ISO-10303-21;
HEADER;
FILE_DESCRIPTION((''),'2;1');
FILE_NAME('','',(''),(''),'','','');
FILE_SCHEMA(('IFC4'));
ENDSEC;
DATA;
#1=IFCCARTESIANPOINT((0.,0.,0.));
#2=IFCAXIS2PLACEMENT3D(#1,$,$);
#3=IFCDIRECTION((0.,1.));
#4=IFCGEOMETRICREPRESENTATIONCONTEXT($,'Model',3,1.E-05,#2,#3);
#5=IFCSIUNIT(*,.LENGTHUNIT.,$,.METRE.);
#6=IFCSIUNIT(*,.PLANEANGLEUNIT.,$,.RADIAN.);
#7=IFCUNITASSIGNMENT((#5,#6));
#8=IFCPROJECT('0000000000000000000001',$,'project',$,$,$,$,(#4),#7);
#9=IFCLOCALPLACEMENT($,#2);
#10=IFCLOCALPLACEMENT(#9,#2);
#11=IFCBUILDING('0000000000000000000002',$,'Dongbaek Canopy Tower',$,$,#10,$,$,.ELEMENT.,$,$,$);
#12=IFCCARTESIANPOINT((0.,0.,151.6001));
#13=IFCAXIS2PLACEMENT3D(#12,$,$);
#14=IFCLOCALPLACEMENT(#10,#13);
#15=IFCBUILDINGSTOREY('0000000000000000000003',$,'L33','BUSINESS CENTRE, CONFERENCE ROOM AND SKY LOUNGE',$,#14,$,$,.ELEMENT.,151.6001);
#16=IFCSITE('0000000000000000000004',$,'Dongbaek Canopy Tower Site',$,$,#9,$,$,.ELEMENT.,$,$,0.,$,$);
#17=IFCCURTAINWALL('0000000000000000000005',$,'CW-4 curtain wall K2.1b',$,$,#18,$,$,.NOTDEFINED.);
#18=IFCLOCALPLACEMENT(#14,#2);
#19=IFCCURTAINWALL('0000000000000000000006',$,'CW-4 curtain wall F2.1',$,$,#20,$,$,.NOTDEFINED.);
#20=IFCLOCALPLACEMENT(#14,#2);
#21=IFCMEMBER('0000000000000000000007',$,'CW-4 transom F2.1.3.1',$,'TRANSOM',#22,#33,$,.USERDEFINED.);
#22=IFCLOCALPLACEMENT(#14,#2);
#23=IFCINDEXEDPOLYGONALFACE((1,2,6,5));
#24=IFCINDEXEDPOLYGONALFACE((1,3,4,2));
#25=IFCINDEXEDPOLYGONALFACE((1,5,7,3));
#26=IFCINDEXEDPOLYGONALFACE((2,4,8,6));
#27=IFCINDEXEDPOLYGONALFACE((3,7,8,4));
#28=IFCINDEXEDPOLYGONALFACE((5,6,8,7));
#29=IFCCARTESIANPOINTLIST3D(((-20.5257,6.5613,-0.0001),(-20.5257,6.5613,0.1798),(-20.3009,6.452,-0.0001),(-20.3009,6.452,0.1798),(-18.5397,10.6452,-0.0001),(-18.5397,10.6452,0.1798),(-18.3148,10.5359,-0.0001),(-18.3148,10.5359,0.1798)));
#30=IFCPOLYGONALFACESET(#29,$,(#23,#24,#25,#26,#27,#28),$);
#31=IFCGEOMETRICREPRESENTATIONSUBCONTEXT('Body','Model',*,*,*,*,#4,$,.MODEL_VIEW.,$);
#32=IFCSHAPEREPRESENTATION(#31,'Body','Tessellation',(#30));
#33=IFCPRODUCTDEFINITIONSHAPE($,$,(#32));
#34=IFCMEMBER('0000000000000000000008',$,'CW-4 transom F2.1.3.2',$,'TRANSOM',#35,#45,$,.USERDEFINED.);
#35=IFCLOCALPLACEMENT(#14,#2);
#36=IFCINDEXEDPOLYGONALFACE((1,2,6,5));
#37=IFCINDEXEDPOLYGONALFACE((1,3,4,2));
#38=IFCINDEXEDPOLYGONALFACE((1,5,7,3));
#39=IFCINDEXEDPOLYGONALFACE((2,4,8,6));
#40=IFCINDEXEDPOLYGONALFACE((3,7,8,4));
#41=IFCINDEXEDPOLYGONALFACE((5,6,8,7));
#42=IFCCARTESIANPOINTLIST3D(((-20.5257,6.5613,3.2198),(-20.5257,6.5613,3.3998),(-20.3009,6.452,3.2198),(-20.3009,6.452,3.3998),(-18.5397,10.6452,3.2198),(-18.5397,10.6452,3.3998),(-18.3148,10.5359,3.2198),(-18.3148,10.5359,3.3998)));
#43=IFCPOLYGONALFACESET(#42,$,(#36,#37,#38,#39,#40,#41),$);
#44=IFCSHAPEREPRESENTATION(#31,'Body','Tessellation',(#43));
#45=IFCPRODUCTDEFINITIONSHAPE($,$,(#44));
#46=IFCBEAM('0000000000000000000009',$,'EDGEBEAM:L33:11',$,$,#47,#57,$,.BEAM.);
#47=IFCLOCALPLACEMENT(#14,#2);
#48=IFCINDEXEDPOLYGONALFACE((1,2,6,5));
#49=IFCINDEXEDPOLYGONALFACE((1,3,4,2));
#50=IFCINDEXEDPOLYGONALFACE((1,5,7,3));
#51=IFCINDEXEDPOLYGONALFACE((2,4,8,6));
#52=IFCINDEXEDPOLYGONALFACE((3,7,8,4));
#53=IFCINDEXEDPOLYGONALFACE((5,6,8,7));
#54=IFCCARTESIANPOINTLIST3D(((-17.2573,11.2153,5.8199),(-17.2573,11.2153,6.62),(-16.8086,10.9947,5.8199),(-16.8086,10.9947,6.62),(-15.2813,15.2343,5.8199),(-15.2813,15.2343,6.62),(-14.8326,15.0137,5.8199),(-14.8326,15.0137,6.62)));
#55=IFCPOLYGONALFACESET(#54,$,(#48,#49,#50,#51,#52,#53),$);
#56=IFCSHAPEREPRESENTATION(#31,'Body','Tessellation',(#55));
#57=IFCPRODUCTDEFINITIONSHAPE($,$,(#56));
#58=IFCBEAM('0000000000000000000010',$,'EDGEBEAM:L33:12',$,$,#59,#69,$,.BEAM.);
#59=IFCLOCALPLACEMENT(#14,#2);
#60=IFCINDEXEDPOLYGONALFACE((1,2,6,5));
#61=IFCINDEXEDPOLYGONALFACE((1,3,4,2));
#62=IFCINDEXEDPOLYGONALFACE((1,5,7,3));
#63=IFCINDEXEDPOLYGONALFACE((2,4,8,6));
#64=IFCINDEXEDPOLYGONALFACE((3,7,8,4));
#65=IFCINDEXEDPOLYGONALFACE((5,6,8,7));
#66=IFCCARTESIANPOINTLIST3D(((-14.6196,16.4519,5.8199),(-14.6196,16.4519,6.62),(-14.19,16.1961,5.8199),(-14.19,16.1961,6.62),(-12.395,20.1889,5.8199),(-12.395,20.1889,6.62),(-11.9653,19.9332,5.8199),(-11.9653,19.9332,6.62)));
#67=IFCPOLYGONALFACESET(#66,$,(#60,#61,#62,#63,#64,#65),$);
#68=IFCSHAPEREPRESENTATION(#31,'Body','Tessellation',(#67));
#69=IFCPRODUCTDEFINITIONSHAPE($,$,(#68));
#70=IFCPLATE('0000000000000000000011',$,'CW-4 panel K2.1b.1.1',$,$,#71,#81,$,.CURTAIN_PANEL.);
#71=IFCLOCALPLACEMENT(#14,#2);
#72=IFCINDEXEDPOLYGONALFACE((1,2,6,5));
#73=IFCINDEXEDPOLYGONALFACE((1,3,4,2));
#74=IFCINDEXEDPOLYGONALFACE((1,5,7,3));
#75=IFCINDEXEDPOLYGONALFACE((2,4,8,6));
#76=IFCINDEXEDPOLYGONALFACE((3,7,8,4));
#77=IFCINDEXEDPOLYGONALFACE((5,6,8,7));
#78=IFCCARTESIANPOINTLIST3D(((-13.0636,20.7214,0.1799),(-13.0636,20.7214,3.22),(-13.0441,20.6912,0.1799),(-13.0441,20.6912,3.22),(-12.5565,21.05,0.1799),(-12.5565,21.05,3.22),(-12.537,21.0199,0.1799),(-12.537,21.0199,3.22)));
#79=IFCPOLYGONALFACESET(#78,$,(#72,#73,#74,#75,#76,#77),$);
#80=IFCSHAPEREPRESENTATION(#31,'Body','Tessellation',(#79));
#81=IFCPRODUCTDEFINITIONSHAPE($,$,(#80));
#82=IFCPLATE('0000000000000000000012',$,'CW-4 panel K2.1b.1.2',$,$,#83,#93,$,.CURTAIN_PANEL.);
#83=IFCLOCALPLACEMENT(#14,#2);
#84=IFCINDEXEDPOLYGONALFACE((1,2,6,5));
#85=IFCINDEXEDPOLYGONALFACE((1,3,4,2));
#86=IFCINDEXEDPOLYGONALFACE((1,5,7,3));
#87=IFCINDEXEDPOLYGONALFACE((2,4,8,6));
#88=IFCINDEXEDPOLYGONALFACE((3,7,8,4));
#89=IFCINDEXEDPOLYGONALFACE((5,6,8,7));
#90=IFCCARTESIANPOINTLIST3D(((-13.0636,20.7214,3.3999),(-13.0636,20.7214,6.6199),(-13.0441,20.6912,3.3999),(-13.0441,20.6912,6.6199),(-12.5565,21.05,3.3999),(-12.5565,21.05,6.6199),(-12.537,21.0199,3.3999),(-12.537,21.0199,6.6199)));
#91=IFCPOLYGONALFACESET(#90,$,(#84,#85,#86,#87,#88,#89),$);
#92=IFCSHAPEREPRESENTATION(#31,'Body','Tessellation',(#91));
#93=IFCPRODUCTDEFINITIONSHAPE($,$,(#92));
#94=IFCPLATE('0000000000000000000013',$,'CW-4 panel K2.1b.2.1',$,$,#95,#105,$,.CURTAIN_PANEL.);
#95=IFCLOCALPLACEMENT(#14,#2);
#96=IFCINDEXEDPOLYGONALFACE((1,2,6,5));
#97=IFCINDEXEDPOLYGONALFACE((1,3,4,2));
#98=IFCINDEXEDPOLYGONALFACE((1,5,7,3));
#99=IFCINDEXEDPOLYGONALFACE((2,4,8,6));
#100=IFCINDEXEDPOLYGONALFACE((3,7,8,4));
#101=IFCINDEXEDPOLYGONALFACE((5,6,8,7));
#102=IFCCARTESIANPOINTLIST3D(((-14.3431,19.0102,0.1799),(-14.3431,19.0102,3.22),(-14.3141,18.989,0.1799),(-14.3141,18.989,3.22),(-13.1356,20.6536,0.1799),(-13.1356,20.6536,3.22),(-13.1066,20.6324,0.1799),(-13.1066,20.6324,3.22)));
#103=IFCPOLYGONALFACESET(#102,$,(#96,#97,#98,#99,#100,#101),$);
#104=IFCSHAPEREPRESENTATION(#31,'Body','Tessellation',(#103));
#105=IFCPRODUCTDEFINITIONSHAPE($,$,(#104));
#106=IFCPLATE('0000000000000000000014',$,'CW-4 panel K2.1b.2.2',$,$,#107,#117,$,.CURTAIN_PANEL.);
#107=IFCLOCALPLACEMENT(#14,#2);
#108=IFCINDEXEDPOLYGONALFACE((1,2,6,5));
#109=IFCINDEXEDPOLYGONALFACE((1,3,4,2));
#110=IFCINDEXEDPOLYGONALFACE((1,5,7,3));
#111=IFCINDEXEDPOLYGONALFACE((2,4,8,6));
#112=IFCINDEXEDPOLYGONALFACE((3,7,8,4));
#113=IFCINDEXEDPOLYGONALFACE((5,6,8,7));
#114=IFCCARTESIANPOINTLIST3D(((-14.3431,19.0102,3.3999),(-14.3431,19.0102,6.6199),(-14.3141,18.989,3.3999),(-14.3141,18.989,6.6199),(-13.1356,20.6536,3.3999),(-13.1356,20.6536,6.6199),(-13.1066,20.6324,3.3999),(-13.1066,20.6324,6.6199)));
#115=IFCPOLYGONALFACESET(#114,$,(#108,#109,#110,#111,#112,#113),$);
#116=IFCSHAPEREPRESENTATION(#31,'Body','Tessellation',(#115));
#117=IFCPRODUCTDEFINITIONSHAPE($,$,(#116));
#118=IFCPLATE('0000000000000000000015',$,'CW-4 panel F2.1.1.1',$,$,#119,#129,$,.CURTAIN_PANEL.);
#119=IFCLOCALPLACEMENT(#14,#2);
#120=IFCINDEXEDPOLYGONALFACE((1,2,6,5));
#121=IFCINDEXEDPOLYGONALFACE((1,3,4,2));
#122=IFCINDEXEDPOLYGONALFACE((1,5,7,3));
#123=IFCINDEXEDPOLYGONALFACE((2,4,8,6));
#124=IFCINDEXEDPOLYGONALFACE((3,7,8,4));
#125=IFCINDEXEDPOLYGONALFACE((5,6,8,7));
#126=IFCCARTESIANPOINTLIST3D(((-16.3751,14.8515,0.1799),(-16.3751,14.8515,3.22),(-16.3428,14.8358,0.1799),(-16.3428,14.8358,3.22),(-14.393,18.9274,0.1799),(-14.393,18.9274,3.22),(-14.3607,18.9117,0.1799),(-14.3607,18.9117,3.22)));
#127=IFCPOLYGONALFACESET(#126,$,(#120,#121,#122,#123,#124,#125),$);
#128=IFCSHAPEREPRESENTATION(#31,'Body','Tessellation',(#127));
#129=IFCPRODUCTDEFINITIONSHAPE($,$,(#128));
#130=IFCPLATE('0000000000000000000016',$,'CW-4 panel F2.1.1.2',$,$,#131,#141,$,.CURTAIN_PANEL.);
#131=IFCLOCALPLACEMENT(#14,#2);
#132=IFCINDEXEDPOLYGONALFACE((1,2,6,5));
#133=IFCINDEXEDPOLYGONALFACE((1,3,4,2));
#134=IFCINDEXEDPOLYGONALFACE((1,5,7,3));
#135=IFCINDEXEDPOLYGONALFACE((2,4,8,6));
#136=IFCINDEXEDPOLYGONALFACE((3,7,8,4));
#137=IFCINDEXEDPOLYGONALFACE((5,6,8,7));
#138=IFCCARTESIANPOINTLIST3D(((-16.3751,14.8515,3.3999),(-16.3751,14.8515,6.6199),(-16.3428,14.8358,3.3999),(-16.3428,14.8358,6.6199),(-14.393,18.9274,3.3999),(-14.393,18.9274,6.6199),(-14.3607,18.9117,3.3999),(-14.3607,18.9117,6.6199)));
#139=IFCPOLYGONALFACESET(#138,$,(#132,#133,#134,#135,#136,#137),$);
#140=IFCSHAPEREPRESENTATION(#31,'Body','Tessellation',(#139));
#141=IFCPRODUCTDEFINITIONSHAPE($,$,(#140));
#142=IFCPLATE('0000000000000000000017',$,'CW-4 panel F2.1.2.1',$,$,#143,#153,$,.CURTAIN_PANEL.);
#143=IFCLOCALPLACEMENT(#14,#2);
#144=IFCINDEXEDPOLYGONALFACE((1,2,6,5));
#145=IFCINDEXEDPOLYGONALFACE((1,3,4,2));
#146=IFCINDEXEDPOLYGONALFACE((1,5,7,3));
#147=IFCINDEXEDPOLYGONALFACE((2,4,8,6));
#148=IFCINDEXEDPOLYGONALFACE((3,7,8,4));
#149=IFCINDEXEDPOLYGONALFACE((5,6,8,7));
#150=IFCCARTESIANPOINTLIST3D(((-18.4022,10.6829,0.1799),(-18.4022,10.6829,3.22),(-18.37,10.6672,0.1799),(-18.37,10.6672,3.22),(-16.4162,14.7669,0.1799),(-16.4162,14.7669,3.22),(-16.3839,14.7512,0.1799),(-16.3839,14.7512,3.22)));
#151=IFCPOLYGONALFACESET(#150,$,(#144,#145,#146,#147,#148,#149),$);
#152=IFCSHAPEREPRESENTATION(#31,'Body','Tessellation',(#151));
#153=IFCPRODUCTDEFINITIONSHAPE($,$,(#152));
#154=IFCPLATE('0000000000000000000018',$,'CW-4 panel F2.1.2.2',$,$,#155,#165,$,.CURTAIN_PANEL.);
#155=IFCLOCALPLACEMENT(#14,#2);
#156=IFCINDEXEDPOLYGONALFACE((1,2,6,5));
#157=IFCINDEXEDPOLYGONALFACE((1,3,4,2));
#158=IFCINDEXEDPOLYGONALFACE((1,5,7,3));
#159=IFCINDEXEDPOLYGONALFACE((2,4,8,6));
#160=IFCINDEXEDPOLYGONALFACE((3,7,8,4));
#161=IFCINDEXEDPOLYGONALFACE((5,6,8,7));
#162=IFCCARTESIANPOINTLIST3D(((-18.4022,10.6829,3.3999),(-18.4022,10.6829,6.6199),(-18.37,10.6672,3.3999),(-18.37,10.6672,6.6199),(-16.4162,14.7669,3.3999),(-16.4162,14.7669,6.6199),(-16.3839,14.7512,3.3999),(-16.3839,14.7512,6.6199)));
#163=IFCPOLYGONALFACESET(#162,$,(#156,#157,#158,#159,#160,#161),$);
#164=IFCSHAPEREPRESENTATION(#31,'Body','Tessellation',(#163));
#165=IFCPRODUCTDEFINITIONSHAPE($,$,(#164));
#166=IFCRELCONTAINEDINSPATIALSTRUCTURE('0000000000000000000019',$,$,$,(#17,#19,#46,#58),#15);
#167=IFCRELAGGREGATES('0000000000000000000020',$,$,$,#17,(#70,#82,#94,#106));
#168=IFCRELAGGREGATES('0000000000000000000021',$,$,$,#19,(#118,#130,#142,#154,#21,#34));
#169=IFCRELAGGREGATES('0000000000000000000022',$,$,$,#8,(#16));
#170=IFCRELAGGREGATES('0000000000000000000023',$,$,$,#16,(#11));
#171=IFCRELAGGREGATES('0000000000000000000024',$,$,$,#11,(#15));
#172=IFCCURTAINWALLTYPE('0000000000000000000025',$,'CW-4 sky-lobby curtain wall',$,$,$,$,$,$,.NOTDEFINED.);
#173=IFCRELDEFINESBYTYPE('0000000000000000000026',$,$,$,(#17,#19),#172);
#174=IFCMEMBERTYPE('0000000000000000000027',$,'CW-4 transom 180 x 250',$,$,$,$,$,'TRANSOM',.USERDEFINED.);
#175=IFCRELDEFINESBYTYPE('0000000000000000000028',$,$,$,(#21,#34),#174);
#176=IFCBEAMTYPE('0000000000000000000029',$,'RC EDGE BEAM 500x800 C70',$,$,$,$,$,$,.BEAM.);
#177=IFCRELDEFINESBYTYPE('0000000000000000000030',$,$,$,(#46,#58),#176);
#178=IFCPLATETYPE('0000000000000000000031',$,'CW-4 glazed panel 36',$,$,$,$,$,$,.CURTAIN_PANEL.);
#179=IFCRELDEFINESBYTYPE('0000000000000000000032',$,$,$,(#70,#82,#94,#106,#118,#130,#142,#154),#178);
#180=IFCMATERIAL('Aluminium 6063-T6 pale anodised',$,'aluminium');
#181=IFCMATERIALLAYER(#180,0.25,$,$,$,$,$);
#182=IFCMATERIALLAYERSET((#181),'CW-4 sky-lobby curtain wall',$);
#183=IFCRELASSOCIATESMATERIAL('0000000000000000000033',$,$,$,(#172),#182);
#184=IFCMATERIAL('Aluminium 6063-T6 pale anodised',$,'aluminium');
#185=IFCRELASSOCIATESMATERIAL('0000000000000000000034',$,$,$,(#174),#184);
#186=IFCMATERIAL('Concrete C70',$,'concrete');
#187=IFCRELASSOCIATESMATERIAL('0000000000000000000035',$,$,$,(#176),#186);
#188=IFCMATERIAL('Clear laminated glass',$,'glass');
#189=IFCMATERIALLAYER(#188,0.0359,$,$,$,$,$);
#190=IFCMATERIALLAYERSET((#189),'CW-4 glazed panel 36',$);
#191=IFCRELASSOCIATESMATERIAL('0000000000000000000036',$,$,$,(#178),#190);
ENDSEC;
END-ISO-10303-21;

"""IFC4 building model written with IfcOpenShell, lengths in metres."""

from ifc_helpers import new_model, si_unit, direction, frame, origin, origin_2d, place, context, subcontext, project, spatial, rectangle, extrude, material, layer, layer_set, material_profile, profile_set, type_object, element, aggregate, save


model = new_model("IFC4")

# Units and contexts
model_context = context("Model", 3, precision=1e-05, world=origin(), true_north=direction((0.0, 1.0)))
body_context = subcontext(model_context, "Body", "Model", "MODEL_VIEW")
ifc_project = project(units=[si_unit("LENGTHUNIT", "METRE"), si_unit("PLANEANGLEUNIT", "RADIAN")], contexts=[model_context])

# Site, building, storey
site_placement = place(None, origin())
site = spatial("IfcSite", under=ifc_project, at=site_placement, Name="Dongbaek Canopy Tower Site", CompositionType="ELEMENT", RefElevation=0.0)
building_placement = place(site_placement, origin())
building = spatial("IfcBuilding", under=site, at=building_placement, Name="Dongbaek Canopy Tower", CompositionType="ELEMENT")
storey_placement = place(building_placement, frame((0.0, 0.0, 151.6001)))
storey = spatial("IfcBuildingStorey", under=building, at=storey_placement, Name="L33", Description="BUSINESS CENTRE, CONFERENCE ROOM AND SKY LOUNGE", CompositionType="ELEMENT", Elevation=151.6001)

# Curtain walls
ifc_material_1 = material(Name="Aluminium 6063-T6 pale anodised", Category="aluminium")
ifc_layer_1 = layer(ifc_material_1, 0.25)
ifc_layer_set_1 = layer_set([ifc_layer_1], Name="CW-4 sky-lobby curtain wall")
curtain_wall_type = type_object("IfcCurtainWallType", Name="CW-4 sky-lobby curtain wall", PredefinedType="NOTDEFINED", material=ifc_layer_set_1)
curtain_wall_1_placement = place(storey_placement, origin())
curtain_wall_1 = element("IfcCurtainWall", 1, at=curtain_wall_1_placement, inside=storey, type_object=curtain_wall_type, Name="CW-4 curtain wall K2.1b", PredefinedType="NOTDEFINED")
curtain_wall_2_placement = place(storey_placement, origin())
curtain_wall_2 = element("IfcCurtainWall", 2, at=curtain_wall_2_placement, inside=storey, type_object=curtain_wall_type, Name="CW-4 curtain wall F2.1", PredefinedType="NOTDEFINED")

# Members
ifc_material_2 = material(Name="Aluminium 6063-T6 pale anodised", Category="aluminium")
ifc_material_profile_1 = material_profile(ifc_material_2, rectangle(XDim=0.25, YDim=0.1799, at=origin_2d()), Name="CW-4 transom 180 x 250")
ifc_profile_set_1 = profile_set([ifc_material_profile_1], Name="Aluminium 6063-T6 pale anodised")
member_type_1 = type_object("IfcMemberType", Name="CW-4 transom 180 x 250", ElementType="TRANSOM", PredefinedType="USERDEFINED", material=ifc_profile_set_1)
member_1_placement = place(storey_placement, frame((-18.4272, 10.5906, 0.0898), z_axis=(-0.437338, -0.899297, 0.0), x_axis=(0.899297, -0.437338, 0.0)))
member_1 = element("IfcMember", 3, at=member_1_placement, type_object=member_type_1, Name="CW-4 transom F2.1.3.1", ObjectType="TRANSOM", PredefinedType="USERDEFINED", context=body_context, shape_type="SweptSolid", body=[
    extrude(rectangle(XDim=0.25, YDim=0.1799, at=origin_2d()), origin(), (0.0, 0.0, 1.0), 4.5413),
])
member_2_placement = place(storey_placement, frame((-18.4272, 10.5906, 3.3098), z_axis=(-0.437338, -0.899297, 0.0), x_axis=(0.899297, -0.437338, 0.0)))
member_2 = element("IfcMember", 4, at=member_2_placement, type_object=member_type_1, Name="CW-4 transom F2.1.3.2", ObjectType="TRANSOM", PredefinedType="USERDEFINED", context=body_context, shape_type="SweptSolid", body=[
    extrude(rectangle(XDim=0.25, YDim=0.1799, at=origin_2d()), origin(), (0.0, 0.0, 1.0), 4.5413),
])

# Beams
ifc_material_3 = material(Name="Concrete C70", Category="concrete")
ifc_material_profile_2 = material_profile(ifc_material_3, rectangle(XDim=0.5, YDim=0.8, at=origin_2d()), Name="RC EDGE BEAM 500x800 C70")
ifc_profile_set_2 = profile_set([ifc_material_profile_2], Name="Concrete C70")
beam_type = type_object("IfcBeamType", Name="RC EDGE BEAM 500x800 C70", PredefinedType="BEAM", material=ifc_profile_set_2)
beam_1_placement = place(storey_placement, frame((-17.033, 11.105, 6.22), z_axis=(0.441229, 0.897395, 0.0), x_axis=(-0.897395, 0.441229, 0.0)))
element("IfcBeam", 5, at=beam_1_placement, inside=storey, type_object=beam_type, Name="EDGEBEAM:L33:11", PredefinedType="BEAM", context=body_context, shape_type="SweptSolid", body=[
    extrude(rectangle(XDim=0.5, YDim=0.8, at=origin_2d()), origin(), (0.0, 0.0, 1.0), 4.4785),
])
beam_2_placement = place(storey_placement, frame((-14.4048, 16.324, 6.22), z_axis=(0.511512, 0.859276, 0.0), x_axis=(-0.859276, 0.511512, 0.0)))
element("IfcBeam", 6, at=beam_2_placement, inside=storey, type_object=beam_type, Name="EDGEBEAM:L33:12", PredefinedType="BEAM", context=body_context, shape_type="SweptSolid", body=[
    extrude(rectangle(XDim=0.5, YDim=0.8, at=origin_2d()), origin(), (0.0, 0.0, 1.0), 4.3491),
])

# Plates
ifc_material_4 = material(Name="Clear laminated glass", Category="glass")
ifc_layer_2 = layer(ifc_material_4, 0.0359)
ifc_layer_set_2 = layer_set([ifc_layer_2], Name="CW-4 glazed panel 36")
plate_type = type_object("IfcPlateType", Name="CW-4 glazed panel 36", PredefinedType="CURTAIN_PANEL", material=ifc_layer_set_2)
plate_1_placement = place(storey_placement, frame((-12.8003, 20.8706, 0.1799), z_axis=(0.0, 0.0, 1.0), x_axis=(-0.839183, -0.54385, 0.0)))
plate_1 = element("IfcPlate", 7, at=plate_1_placement, type_object=plate_type, Name="CW-4 panel K2.1b.1.1", PredefinedType="CURTAIN_PANEL", context=body_context, shape_type="SweptSolid", body=[
    extrude(rectangle(XDim=0.6042, YDim=0.0359, at=origin_2d()), origin(), (0.0, 0.0, 1.0), 3.04),
])
plate_2_placement = place(storey_placement, frame((-12.8003, 20.8706, 3.3999), z_axis=(0.0, 0.0, 1.0), x_axis=(-0.839183, -0.54385, 0.0)))
plate_2 = element("IfcPlate", 8, at=plate_2_placement, type_object=plate_type, Name="CW-4 panel K2.1b.1.2", PredefinedType="CURTAIN_PANEL", context=body_context, shape_type="SweptSolid", body=[
    extrude(rectangle(XDim=0.6042, YDim=0.0359, at=origin_2d()), origin(), (0.0, 0.0, 1.0), 3.22),
])
plate_3_placement = place(storey_placement, frame((-13.7249, 19.8213, 0.1799), z_axis=(0.0, 0.0, 1.0), x_axis=(-0.592116, -0.805852, 0.0)))
plate_3 = element("IfcPlate", 9, at=plate_3_placement, type_object=plate_type, Name="CW-4 panel K2.1b.2.1", PredefinedType="CURTAIN_PANEL", context=body_context, shape_type="SweptSolid", body=[
    extrude(rectangle(XDim=2.0393, YDim=0.0359, at=origin_2d()), origin(), (0.0, 0.0, 1.0), 3.04),
])
plate_4_placement = place(storey_placement, frame((-13.7249, 19.8213, 3.3999), z_axis=(0.0, 0.0, 1.0), x_axis=(-0.592116, -0.805852, 0.0)))
plate_4 = element("IfcPlate", 10, at=plate_4_placement, type_object=plate_type, Name="CW-4 panel K2.1b.2.2", PredefinedType="CURTAIN_PANEL", context=body_context, shape_type="SweptSolid", body=[
    extrude(rectangle(XDim=2.0393, YDim=0.0359, at=origin_2d()), origin(), (0.0, 0.0, 1.0), 3.22),
])
aggregate(curtain_wall_1, [plate_1, plate_2, plate_3, plate_4])
plate_5_placement = place(storey_placement, frame((-15.3679, 16.8816, 0.1799), z_axis=(0.0, 0.0, 1.0), x_axis=(-0.437336, -0.899298, 0.0)))
plate_5 = element("IfcPlate", 11, at=plate_5_placement, type_object=plate_type, Name="CW-4 panel F2.1.1.1", PredefinedType="CURTAIN_PANEL", context=body_context, shape_type="SweptSolid", body=[
    extrude(rectangle(XDim=4.5322, YDim=0.0359, at=origin_2d()), origin(), (0.0, 0.0, 1.0), 3.04),
])
plate_6_placement = place(storey_placement, frame((-15.3679, 16.8816, 3.3999), z_axis=(0.0, 0.0, 1.0), x_axis=(-0.437336, -0.899298, 0.0)))
plate_6 = element("IfcPlate", 12, at=plate_6_placement, type_object=plate_type, Name="CW-4 panel F2.1.1.2", PredefinedType="CURTAIN_PANEL", context=body_context, shape_type="SweptSolid", body=[
    extrude(rectangle(XDim=4.5322, YDim=0.0359, at=origin_2d()), origin(), (0.0, 0.0, 1.0), 3.22),
])
plate_7_placement = place(storey_placement, frame((-17.3931, 12.717, 0.1799), z_axis=(0.0, 0.0, 1.0), x_axis=(-0.437336, -0.899298, 0.0)))
plate_7 = element("IfcPlate", 13, at=plate_7_placement, type_object=plate_type, Name="CW-4 panel F2.1.2.1", PredefinedType="CURTAIN_PANEL", context=body_context, shape_type="SweptSolid", body=[
    extrude(rectangle(XDim=4.5413, YDim=0.0359, at=origin_2d()), origin(), (0.0, 0.0, 1.0), 3.04),
])
plate_8_placement = place(storey_placement, frame((-17.3931, 12.717, 3.3999), z_axis=(0.0, 0.0, 1.0), x_axis=(-0.437336, -0.899298, 0.0)))
plate_8 = element("IfcPlate", 14, at=plate_8_placement, type_object=plate_type, Name="CW-4 panel F2.1.2.2", PredefinedType="CURTAIN_PANEL", context=body_context, shape_type="SweptSolid", body=[
    extrude(rectangle(XDim=4.5413, YDim=0.0359, at=origin_2d()), origin(), (0.0, 0.0, 1.0), 3.22),
])
aggregate(curtain_wall_2, [plate_5, plate_6, plate_7, plate_8, member_1, member_2])

save(model, "model.ifc")
